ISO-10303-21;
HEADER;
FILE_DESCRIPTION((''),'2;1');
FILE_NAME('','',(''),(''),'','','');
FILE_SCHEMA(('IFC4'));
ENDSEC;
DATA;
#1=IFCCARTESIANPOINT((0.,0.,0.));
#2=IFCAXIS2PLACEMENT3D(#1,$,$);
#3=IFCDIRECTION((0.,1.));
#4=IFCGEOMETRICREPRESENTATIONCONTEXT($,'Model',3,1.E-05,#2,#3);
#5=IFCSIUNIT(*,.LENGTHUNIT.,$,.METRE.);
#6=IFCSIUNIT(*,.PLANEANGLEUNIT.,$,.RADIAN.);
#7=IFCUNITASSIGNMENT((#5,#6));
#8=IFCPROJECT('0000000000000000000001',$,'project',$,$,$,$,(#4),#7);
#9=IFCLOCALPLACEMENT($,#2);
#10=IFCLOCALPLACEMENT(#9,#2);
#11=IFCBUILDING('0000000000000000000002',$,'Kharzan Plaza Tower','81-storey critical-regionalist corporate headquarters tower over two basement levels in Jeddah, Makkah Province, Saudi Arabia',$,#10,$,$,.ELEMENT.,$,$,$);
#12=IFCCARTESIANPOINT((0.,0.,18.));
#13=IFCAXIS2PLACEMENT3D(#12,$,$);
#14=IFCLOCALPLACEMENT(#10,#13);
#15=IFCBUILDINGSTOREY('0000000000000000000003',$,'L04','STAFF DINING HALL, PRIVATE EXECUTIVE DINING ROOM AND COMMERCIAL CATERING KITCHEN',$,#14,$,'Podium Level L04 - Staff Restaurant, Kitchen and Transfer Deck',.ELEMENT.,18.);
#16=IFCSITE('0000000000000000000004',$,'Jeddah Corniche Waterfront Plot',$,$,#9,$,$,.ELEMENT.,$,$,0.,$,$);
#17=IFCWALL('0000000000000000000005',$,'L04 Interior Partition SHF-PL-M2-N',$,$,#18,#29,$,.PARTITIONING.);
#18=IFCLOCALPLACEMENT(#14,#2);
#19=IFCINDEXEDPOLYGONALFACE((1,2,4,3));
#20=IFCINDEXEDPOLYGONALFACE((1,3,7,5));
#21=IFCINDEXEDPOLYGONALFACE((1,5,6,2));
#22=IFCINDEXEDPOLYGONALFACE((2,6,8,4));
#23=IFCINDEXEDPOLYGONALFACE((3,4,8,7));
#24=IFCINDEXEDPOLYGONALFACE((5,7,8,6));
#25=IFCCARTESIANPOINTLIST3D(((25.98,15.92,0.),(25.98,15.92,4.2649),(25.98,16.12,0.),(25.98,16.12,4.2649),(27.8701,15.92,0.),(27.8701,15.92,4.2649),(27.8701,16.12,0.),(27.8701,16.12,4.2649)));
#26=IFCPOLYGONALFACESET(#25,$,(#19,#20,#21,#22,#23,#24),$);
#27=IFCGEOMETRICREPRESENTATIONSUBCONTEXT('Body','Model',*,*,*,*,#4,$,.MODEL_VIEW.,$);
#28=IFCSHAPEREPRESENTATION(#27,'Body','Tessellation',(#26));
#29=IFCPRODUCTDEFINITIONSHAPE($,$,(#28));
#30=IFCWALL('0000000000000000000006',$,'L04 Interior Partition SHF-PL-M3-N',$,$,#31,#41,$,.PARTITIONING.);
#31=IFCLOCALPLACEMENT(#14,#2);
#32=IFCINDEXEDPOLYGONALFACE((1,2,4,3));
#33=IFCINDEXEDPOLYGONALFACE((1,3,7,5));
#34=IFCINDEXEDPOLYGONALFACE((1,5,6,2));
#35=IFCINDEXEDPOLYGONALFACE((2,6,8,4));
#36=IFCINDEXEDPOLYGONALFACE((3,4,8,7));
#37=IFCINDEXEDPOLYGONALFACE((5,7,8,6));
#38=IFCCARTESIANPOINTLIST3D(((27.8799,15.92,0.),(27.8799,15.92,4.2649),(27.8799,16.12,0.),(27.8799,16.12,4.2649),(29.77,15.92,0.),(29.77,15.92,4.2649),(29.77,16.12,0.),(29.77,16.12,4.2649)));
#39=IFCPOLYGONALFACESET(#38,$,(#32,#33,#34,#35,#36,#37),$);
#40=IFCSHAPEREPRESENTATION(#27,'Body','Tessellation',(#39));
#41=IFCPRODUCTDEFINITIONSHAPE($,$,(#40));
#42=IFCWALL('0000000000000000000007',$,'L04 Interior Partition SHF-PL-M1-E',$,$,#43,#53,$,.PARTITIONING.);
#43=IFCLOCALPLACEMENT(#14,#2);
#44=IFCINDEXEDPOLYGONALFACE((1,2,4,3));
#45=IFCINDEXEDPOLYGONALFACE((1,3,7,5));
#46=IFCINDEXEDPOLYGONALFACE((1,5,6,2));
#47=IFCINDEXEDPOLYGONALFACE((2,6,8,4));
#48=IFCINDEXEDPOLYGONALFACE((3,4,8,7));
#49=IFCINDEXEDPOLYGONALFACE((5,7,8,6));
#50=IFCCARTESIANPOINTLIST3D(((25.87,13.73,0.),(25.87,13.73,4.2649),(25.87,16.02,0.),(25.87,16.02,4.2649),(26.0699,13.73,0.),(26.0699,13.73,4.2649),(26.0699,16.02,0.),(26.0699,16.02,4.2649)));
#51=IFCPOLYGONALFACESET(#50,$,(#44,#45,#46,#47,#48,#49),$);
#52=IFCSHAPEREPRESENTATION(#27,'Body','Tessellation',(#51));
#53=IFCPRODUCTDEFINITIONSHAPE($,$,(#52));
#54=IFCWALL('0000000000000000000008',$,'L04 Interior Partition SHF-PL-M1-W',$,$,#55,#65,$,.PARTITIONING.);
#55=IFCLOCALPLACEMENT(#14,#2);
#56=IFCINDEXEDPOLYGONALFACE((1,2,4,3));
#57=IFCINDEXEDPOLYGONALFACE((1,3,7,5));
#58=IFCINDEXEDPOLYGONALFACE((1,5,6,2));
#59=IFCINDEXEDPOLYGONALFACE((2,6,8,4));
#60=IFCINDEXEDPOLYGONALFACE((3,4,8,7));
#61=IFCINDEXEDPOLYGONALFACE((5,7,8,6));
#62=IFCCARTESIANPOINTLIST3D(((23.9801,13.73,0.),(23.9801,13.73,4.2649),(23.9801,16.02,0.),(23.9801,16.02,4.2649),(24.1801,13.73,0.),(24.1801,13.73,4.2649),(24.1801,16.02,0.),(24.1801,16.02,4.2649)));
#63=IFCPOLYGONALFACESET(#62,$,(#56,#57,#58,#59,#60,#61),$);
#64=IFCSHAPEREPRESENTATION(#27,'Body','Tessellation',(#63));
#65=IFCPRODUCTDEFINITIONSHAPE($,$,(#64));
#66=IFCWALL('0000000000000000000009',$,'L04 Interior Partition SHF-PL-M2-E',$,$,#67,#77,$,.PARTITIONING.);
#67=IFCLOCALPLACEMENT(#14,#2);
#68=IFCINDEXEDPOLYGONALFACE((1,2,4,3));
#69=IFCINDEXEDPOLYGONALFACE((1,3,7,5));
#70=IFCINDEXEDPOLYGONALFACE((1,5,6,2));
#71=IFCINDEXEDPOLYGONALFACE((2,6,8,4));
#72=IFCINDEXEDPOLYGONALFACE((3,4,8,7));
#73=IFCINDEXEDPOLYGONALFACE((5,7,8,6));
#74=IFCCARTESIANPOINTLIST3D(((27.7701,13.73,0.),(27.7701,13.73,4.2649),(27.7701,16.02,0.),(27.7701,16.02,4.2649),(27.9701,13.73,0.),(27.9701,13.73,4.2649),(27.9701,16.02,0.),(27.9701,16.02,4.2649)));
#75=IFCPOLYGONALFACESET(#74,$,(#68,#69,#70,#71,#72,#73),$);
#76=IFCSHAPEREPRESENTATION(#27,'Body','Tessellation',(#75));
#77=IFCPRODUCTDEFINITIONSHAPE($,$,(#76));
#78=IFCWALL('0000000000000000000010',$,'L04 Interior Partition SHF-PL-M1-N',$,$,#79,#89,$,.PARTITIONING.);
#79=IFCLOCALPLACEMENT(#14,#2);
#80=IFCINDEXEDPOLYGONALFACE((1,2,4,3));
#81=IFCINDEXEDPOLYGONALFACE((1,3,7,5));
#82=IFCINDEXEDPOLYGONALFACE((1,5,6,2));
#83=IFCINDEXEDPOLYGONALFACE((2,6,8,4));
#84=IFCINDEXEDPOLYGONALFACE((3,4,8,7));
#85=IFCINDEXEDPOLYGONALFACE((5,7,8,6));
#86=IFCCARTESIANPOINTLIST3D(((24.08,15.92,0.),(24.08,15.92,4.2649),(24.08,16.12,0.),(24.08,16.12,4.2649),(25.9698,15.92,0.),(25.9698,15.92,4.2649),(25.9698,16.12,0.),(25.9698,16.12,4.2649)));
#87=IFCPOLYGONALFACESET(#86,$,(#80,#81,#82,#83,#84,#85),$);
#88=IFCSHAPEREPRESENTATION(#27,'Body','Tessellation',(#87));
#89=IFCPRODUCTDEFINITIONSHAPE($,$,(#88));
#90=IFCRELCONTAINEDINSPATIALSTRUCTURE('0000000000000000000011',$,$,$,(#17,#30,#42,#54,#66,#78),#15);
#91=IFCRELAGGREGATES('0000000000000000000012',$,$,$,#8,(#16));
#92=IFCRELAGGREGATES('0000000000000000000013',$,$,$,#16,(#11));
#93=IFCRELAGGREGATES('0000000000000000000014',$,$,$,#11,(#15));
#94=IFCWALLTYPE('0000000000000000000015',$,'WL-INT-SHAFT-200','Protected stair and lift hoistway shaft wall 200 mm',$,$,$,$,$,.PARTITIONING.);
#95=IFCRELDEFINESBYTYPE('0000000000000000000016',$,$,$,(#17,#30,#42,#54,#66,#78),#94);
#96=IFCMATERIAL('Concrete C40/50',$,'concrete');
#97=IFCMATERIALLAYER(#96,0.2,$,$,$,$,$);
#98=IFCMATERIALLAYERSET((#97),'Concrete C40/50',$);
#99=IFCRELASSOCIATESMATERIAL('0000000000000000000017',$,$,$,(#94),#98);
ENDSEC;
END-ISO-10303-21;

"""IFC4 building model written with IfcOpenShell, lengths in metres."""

from ifc_helpers import new_model, si_unit, direction, frame, frame_2d, origin, place, context, subcontext, project, spatial, rectangle, extrude, source, transform, mapped, material, layer, layer_set, type_object, element, save


model = new_model("IFC4")

# Units and contexts
model_context = context("Model", 3, precision=1e-05, world=origin(), true_north=direction((0.0, 1.0)))
body_context = subcontext(model_context, "Body", "Model", "MODEL_VIEW")
ifc_project = project(units=[si_unit("LENGTHUNIT", "METRE"), si_unit("PLANEANGLEUNIT", "RADIAN")], contexts=[model_context])

# Site, building, storey
site_placement = place(None, origin())
site = spatial("IfcSite", under=ifc_project, at=site_placement, Name="Jeddah Corniche Waterfront Plot", CompositionType="ELEMENT", RefElevation=0.0)
building_placement = place(site_placement, origin())
building = spatial("IfcBuilding", under=site, at=building_placement, Name="Kharzan Plaza Tower", Description="81-storey critical-regionalist corporate headquarters tower over two basement levels in Jeddah, Makkah Province, Saudi Arabia", CompositionType="ELEMENT")
storey_placement = place(building_placement, frame((0.0, 0.0, 18.0)))
storey = spatial("IfcBuildingStorey", under=building, at=storey_placement, Name="L04", Description="STAFF DINING HALL, PRIVATE EXECUTIVE DINING ROOM AND COMMERCIAL CATERING KITCHEN", LongName="Podium Level L04 - Staff Restaurant, Kitchen and Transfer Deck", CompositionType="ELEMENT", Elevation=18.0)

# Shared definitions
ifc_material_1 = material(Name="Concrete C40/50", Category="concrete")
ifc_layer_1 = layer(ifc_material_1, 0.2)
ifc_layer_set_1 = layer_set([ifc_layer_1], Name="Concrete C40/50")
wall_type_1 = type_object("IfcWallType", Name="WL-INT-SHAFT-200", Description="Protected stair and lift hoistway shaft wall 200 mm", PredefinedType="PARTITIONING", material=ifc_layer_set_1)

# Walls
shared_shape_1 = source(origin(), body_context, "Body", "SweptSolid", [
    extrude(rectangle(XDim=1.8901, YDim=0.2, at=frame_2d((0.9451, 0.0))), origin(), (0.0, 0.0, 1.0), 4.2649),
])
for number, where, z_axis, x_axis, name in (
    (1, (25.98, 16.02, 0.0), (0.0, 0.0, 1.0), (1.0, 0.0, 0.0), "L04 Interior Partition SHF-PL-M2-N"),
    (2, (27.8799, 16.02, 0.0), (0.0, 0.0, 1.0), (1.0, 0.0, 0.0), "L04 Interior Partition SHF-PL-M3-N"),
):
    element("IfcWall", number, at=place(storey_placement, frame(where, z_axis=z_axis, x_axis=x_axis)), inside=storey, type_object=wall_type_1, Name=name, PredefinedType="PARTITIONING", context=body_context, shape_type="MappedRepresentation", body=[
        mapped(shared_shape_1, transform((0.0, 0.0, 0.0), x_axis=(1.0, 0.0, 0.0), y_axis=(0.0, 1.0, 0.0), z_axis=(0.0, 0.0, 1.0))),
    ])
shared_shape_2 = source(origin(), body_context, "Body", "SweptSolid", [
    extrude(rectangle(XDim=2.29, YDim=0.2, at=frame_2d((1.145, 0.0))), origin(), (0.0, 0.0, 1.0), 4.2649),
])
for number, where, z_axis, x_axis, name in (
    (3, (25.97, 13.73, 0.0), (0.0, 0.0, 1.0), (0.0, 1.0, 0.0), "L04 Interior Partition SHF-PL-M1-E"),
    (4, (24.0801, 13.73, 0.0), (0.0, 0.0, 1.0), (0.0, 1.0, 0.0), "L04 Interior Partition SHF-PL-M1-W"),
    (5, (27.8701, 13.73, 0.0), (0.0, 0.0, 1.0), (0.0, 1.0, 0.0), "L04 Interior Partition SHF-PL-M2-E"),
):
    element("IfcWall", number, at=place(storey_placement, frame(where, z_axis=z_axis, x_axis=x_axis)), inside=storey, type_object=wall_type_1, Name=name, PredefinedType="PARTITIONING", context=body_context, shape_type="MappedRepresentation", body=[
        mapped(shared_shape_2, transform((0.0, 0.0, 0.0), x_axis=(1.0, 0.0, 0.0), y_axis=(0.0, 1.0, 0.0), z_axis=(0.0, 0.0, 1.0))),
    ])
shared_shape_3 = source(origin(), body_context, "Body", "SweptSolid", [
    extrude(rectangle(XDim=1.8899, YDim=0.2, at=frame_2d((0.9448, 0.0))), origin(), (0.0, 0.0, 1.0), 4.2649),
])
wall_1_placement = place(storey_placement, frame((24.0801, 16.02, 0.0), z_axis=(0.0, 0.0, 1.0), x_axis=(1.0, 0.0, 0.0)))
element("IfcWall", 6, at=wall_1_placement, inside=storey, type_object=wall_type_1, Name="L04 Interior Partition SHF-PL-M1-N", PredefinedType="PARTITIONING", context=body_context, shape_type="MappedRepresentation", body=[
    mapped(shared_shape_3, transform((0.0, 0.0, 0.0), x_axis=(1.0, 0.0, 0.0), y_axis=(0.0, 1.0, 0.0), z_axis=(0.0, 0.0, 1.0))),
])

save(model, "model.ifc")
